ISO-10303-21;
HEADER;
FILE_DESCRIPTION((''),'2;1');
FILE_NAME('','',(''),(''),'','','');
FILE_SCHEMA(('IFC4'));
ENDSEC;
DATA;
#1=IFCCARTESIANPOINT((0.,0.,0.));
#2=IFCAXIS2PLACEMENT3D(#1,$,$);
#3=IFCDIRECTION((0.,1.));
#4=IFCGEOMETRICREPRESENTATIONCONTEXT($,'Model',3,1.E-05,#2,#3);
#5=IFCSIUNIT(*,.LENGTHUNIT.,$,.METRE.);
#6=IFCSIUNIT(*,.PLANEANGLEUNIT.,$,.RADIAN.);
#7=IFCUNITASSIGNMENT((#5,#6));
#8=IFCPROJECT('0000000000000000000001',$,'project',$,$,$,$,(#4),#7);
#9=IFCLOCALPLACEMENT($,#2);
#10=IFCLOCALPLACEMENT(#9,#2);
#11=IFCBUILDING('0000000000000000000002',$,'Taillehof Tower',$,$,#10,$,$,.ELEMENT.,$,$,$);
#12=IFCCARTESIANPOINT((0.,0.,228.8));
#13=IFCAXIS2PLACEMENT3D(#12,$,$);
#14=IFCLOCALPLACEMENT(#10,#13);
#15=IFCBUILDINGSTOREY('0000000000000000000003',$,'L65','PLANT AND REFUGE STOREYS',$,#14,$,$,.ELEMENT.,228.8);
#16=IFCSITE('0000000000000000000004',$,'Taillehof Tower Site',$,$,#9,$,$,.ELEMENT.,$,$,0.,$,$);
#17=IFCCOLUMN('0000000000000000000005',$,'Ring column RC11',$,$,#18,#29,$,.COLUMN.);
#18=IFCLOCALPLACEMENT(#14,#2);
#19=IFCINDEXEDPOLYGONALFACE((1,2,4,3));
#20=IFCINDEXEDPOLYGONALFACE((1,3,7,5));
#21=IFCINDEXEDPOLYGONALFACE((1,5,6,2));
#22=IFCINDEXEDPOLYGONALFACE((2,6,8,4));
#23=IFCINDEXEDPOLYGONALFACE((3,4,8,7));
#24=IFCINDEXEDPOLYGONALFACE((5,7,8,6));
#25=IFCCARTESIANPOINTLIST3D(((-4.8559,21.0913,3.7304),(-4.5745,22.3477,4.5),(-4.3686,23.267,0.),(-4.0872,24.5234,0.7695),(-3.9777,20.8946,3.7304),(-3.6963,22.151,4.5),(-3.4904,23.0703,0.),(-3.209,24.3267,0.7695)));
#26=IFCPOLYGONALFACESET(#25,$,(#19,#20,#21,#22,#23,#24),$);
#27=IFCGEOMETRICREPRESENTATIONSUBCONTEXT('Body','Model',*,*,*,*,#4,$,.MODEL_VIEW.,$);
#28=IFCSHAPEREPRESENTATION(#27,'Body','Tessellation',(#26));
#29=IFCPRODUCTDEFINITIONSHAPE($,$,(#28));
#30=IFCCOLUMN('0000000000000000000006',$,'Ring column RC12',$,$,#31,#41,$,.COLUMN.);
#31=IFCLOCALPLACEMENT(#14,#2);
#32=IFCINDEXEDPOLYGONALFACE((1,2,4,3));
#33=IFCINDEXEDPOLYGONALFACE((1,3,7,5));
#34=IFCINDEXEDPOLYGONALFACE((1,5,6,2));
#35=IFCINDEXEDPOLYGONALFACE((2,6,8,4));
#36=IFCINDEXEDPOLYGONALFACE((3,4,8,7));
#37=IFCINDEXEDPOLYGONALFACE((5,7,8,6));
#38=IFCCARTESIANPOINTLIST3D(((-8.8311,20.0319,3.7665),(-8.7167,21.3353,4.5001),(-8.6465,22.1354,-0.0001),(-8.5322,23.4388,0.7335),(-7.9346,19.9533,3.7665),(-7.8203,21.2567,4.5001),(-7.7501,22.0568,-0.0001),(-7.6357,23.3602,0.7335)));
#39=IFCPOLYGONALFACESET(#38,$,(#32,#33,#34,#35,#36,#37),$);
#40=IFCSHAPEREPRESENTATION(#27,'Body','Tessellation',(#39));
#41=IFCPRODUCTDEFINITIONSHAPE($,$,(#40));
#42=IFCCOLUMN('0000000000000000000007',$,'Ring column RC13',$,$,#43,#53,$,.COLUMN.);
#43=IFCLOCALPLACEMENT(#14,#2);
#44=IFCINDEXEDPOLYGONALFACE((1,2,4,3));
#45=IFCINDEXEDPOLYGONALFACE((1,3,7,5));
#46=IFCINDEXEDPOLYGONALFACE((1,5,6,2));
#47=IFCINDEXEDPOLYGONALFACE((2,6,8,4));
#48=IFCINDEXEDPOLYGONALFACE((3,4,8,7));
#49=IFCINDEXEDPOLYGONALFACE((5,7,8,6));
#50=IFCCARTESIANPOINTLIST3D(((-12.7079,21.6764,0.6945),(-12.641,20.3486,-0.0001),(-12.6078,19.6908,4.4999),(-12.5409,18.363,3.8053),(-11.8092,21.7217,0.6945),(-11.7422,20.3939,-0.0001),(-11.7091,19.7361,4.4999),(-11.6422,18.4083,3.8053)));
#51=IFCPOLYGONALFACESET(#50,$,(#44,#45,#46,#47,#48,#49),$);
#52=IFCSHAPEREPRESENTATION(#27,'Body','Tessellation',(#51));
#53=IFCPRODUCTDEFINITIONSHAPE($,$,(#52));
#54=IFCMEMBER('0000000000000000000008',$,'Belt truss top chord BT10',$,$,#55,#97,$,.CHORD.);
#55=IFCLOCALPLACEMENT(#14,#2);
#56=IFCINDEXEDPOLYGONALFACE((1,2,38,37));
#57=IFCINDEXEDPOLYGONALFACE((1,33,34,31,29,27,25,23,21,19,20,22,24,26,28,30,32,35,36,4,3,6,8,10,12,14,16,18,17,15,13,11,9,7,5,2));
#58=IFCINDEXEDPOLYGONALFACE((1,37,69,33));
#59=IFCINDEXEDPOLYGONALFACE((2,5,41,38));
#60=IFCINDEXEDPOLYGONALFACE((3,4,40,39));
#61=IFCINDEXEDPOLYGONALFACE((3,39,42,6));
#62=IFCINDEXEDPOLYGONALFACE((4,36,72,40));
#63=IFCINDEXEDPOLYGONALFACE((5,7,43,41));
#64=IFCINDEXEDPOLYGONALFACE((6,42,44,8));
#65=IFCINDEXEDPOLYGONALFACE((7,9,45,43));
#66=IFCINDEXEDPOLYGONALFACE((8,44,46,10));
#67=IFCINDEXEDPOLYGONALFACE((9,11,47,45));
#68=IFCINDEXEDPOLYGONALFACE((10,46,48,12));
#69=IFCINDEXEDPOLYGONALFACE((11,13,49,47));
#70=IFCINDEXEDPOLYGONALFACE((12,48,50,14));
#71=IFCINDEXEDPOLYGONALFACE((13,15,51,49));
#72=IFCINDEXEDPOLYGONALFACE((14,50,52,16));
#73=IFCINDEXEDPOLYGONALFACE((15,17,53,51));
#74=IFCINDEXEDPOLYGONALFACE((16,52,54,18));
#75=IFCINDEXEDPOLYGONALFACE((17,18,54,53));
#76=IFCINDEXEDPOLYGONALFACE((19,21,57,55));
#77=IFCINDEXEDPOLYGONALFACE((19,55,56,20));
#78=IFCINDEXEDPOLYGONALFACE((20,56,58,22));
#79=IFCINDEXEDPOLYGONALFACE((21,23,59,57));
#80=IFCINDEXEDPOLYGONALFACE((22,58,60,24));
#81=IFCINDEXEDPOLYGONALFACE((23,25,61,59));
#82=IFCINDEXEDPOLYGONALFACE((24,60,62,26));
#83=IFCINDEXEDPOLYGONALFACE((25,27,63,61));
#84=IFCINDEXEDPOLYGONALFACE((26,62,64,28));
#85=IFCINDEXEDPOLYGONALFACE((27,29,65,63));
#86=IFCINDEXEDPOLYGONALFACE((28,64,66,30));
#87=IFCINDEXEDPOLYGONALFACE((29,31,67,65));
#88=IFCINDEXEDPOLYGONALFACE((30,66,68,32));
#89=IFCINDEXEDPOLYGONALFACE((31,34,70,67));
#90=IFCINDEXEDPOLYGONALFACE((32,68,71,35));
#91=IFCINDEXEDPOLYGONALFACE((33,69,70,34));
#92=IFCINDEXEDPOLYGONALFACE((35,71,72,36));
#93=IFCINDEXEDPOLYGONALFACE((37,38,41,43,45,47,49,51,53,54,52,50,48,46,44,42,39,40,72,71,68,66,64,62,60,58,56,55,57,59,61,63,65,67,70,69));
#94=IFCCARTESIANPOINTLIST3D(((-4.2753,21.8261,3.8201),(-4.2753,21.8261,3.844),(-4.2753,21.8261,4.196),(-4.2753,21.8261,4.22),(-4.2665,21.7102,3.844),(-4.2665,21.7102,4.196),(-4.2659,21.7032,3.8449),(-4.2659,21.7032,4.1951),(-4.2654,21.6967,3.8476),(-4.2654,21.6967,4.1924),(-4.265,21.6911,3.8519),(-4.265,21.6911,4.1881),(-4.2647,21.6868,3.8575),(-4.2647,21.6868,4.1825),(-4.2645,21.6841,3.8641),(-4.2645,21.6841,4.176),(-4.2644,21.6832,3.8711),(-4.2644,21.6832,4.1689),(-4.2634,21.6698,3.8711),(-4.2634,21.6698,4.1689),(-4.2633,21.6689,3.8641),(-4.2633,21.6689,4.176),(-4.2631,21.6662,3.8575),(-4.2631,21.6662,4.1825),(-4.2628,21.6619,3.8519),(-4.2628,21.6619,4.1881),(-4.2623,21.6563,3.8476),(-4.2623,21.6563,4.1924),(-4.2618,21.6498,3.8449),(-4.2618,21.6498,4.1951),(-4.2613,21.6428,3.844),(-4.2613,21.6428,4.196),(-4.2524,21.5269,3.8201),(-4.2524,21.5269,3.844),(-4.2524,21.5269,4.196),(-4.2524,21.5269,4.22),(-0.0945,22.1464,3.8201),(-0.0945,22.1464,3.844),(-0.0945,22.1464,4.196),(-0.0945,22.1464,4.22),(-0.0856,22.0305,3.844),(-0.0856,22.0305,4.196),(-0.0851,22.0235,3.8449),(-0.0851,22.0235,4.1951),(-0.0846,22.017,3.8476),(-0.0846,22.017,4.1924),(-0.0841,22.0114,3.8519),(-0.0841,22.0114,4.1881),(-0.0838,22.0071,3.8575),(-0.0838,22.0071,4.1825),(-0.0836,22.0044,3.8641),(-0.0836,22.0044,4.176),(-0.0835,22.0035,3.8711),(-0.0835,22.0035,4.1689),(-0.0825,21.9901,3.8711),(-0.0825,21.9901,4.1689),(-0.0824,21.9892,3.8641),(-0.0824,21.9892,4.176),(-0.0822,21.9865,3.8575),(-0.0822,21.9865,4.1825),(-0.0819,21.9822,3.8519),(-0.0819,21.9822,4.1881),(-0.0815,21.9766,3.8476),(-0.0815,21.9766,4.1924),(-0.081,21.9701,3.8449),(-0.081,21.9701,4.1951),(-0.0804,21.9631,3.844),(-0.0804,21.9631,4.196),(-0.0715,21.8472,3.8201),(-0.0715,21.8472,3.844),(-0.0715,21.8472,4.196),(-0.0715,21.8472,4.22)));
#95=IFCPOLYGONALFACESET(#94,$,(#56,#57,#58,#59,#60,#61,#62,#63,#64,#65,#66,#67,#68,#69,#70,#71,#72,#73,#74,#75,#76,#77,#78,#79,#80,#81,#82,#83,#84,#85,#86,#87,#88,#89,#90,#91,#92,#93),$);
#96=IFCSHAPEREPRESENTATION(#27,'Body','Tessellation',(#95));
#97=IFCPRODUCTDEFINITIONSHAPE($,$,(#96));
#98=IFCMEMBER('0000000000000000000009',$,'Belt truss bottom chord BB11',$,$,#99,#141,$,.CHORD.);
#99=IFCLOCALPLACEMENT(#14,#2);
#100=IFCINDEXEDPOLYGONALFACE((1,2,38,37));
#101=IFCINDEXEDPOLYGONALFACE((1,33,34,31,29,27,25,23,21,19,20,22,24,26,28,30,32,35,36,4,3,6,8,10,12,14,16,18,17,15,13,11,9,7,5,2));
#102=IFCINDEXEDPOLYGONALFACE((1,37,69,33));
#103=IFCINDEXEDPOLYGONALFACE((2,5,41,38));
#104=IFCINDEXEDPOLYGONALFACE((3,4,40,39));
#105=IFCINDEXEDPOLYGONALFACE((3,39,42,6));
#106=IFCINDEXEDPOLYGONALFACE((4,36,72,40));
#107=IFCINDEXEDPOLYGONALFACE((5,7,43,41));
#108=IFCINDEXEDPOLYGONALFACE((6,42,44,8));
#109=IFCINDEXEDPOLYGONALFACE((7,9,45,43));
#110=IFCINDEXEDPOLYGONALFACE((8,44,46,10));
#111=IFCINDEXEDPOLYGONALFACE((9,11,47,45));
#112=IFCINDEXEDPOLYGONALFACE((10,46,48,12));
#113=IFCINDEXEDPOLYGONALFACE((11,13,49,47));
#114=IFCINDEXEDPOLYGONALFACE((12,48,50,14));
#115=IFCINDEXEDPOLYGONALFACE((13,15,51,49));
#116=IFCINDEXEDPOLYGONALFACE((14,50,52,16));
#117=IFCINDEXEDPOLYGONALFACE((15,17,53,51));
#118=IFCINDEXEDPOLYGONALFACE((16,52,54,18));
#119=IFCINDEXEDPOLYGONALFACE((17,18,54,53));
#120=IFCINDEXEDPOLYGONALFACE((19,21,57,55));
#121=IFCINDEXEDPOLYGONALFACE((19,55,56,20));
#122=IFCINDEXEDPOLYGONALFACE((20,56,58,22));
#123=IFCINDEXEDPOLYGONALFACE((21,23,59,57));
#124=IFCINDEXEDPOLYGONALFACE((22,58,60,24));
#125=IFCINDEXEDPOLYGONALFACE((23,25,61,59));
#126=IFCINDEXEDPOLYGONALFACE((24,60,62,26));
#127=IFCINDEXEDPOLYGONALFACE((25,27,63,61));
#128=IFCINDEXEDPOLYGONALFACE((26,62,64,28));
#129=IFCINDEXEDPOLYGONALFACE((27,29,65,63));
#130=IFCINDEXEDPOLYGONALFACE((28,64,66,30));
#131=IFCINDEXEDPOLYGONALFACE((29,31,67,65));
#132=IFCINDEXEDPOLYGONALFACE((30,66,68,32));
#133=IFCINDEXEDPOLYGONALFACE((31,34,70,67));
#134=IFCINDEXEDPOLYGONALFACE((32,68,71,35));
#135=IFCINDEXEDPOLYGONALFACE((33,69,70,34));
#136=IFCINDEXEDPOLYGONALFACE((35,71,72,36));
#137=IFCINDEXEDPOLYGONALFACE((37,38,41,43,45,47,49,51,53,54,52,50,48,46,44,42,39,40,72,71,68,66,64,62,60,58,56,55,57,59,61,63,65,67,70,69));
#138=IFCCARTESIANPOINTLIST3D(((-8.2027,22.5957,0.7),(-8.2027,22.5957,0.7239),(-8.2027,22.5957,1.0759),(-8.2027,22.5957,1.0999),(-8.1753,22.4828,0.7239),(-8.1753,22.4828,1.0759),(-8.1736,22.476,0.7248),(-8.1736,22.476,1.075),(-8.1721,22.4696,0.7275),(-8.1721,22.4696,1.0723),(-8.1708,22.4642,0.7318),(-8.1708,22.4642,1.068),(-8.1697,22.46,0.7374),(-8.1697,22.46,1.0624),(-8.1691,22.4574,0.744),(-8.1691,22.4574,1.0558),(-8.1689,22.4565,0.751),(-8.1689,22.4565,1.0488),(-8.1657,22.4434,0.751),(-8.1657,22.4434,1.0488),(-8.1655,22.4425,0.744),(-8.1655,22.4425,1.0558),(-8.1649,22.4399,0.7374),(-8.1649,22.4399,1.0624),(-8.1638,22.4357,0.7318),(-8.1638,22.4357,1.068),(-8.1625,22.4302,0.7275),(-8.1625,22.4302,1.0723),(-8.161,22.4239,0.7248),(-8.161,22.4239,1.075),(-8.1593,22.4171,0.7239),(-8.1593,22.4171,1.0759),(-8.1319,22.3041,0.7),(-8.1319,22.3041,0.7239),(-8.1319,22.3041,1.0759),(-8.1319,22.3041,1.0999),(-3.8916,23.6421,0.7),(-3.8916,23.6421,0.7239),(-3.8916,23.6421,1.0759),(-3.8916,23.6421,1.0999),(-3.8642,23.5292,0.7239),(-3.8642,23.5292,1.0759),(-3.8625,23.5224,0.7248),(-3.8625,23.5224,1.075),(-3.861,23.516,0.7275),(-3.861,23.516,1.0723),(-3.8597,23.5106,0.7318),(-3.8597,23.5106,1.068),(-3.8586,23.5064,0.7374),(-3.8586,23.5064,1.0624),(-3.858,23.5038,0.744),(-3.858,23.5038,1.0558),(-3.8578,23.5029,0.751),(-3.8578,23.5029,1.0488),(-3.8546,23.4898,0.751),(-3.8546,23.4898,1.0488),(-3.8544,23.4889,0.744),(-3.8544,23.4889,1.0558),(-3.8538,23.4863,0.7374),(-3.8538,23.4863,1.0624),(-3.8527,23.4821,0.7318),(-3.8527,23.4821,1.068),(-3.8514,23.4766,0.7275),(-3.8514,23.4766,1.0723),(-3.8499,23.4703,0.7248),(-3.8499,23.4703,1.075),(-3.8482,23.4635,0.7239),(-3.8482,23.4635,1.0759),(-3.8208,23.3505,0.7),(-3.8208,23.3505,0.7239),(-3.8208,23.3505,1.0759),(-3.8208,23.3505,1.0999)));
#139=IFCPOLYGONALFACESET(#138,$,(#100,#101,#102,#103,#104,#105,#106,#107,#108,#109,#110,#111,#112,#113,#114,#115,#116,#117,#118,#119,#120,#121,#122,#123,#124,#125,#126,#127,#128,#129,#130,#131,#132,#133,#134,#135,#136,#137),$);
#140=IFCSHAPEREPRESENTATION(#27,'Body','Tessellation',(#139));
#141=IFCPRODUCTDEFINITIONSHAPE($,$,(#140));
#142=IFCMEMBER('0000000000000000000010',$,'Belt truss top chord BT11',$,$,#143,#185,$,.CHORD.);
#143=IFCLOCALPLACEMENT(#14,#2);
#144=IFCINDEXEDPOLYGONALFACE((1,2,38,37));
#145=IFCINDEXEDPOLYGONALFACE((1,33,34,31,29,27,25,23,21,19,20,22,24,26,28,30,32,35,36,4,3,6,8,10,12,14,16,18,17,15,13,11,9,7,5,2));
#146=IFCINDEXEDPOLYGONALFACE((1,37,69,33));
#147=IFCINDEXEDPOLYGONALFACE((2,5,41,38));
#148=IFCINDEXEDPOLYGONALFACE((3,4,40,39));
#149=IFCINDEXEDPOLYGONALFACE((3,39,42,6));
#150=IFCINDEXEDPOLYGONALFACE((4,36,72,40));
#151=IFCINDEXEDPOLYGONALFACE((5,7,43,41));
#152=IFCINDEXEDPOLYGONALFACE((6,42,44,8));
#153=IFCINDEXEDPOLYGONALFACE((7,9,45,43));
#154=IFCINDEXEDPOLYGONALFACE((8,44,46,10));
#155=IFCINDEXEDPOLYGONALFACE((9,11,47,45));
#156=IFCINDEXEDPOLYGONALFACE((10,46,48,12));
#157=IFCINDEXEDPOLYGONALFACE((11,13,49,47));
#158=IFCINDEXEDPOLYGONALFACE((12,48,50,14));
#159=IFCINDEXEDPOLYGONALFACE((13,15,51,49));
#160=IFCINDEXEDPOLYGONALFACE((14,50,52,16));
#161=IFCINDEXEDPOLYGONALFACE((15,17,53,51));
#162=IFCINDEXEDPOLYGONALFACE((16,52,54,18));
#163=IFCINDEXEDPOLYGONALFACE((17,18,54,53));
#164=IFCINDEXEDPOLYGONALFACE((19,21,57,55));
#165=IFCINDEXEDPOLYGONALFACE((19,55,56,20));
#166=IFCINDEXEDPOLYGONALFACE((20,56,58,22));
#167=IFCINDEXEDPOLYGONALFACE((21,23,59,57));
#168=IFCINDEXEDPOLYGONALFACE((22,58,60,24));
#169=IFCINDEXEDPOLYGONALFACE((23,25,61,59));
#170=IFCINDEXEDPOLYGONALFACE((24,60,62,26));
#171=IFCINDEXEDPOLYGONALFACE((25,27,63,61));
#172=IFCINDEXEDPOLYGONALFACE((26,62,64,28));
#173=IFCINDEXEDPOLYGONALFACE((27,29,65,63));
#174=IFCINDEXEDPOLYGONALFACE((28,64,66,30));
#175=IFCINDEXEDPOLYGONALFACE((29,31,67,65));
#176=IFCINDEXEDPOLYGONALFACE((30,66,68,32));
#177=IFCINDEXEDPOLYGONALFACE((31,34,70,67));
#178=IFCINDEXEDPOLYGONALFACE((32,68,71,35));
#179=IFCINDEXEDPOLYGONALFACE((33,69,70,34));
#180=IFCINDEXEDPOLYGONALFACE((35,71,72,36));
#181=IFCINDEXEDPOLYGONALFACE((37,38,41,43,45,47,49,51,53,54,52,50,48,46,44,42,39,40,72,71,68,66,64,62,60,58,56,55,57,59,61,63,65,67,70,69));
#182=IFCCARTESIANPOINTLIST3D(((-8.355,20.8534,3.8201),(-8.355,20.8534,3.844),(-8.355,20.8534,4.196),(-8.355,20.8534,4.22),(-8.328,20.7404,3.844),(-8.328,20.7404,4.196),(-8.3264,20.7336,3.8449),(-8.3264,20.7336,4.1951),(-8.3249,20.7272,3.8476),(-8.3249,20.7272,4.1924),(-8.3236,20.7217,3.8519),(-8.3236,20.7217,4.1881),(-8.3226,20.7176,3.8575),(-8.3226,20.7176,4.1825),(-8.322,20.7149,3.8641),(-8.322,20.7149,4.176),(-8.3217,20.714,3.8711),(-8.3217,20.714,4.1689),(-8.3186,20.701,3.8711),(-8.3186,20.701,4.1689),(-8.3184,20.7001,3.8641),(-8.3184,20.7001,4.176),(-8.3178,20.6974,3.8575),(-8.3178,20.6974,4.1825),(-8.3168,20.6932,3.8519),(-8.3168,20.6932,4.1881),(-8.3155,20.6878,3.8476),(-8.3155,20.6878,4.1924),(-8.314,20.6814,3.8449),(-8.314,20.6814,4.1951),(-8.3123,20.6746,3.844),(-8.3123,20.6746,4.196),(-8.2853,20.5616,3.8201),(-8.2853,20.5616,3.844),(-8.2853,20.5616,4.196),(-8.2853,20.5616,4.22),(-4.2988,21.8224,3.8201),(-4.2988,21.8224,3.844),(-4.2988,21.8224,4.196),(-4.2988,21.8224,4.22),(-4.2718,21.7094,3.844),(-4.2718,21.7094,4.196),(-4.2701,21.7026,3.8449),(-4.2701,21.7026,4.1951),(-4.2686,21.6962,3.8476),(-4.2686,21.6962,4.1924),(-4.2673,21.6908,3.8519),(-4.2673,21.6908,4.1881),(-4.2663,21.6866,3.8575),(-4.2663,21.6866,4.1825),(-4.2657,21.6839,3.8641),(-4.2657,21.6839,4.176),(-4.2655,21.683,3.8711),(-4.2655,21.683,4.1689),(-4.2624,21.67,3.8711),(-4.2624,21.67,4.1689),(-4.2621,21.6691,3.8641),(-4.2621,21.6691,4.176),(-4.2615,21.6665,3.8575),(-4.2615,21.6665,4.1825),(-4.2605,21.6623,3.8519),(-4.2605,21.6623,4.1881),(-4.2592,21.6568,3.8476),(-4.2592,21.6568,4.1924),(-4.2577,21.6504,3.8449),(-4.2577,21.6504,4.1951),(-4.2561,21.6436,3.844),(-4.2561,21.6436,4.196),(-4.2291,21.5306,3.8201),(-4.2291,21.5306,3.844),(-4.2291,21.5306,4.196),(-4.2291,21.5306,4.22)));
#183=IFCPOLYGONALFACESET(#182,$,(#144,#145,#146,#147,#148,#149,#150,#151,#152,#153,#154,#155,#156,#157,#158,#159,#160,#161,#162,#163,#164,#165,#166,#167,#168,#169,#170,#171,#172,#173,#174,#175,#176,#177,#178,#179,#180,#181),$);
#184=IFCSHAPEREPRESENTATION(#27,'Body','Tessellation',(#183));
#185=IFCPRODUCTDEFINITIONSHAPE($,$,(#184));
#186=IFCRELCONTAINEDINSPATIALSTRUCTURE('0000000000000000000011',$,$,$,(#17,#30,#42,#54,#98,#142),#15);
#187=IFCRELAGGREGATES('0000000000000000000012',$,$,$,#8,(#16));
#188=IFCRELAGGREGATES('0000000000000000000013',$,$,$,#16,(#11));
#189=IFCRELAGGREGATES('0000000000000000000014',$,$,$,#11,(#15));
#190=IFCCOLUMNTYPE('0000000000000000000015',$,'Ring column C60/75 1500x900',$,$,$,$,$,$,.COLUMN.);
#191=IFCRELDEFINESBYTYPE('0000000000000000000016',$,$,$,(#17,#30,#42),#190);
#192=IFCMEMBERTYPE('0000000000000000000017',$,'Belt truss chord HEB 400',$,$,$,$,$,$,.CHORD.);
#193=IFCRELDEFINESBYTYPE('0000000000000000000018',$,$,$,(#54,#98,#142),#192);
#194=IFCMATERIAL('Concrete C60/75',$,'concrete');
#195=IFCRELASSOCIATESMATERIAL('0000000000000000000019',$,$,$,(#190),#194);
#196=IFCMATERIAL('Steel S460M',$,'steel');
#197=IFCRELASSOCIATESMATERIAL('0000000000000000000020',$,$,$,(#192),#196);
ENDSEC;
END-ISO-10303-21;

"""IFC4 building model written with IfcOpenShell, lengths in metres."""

from ifc_helpers import new_model, si_unit, direction, frame, origin, origin_2d, place, context, subcontext, project, spatial, rectangle, i_section, extrude, material, material_profile, profile_set, type_object, element, save


model = new_model("IFC4")

# Units and contexts
model_context = context("Model", 3, precision=1e-05, world=origin(), true_north=direction((0.0, 1.0)))
body_context = subcontext(model_context, "Body", "Model", "MODEL_VIEW")
ifc_project = project(units=[si_unit("LENGTHUNIT", "METRE"), si_unit("PLANEANGLEUNIT", "RADIAN")], contexts=[model_context])

# Site, building, storey
site_placement = place(None, origin())
site = spatial("IfcSite", under=ifc_project, at=site_placement, Name="Taillehof Tower Site", CompositionType="ELEMENT", RefElevation=0.0)
building_placement = place(site_placement, origin())
building = spatial("IfcBuilding", under=site, at=building_placement, Name="Taillehof Tower", CompositionType="ELEMENT")
storey_placement = place(building_placement, frame((0.0, 0.0, 228.8)))
storey = spatial("IfcBuildingStorey", under=building, at=storey_placement, Name="L65", Description="PLANT AND REFUGE STOREYS", CompositionType="ELEMENT", Elevation=228.8)

# Columns
ifc_material_1 = material(Name="Concrete C60/75", Category="concrete")
ifc_material_profile_1 = material_profile(ifc_material_1, rectangle(XDim=1.5, YDim=0.8999, at=origin_2d()), Name="RC 1500x900")
ifc_profile_set_1 = profile_set([ifc_material_profile_1], Name="Concrete C60/75")
column_type = type_object("IfcColumnType", Name="Ring column C60/75 1500x900", PredefinedType="COLUMN", material=ifc_profile_set_1)
column_1_placement = place(storey_placement, frame((-3.7888, 23.7969, 0.3848), z_axis=(-0.112127, -0.500638, 0.858364), x_axis=(0.187598, 0.837613, 0.51304)))
element("IfcColumn", 1, at=column_1_placement, inside=storey, type_object=column_type, Name="Ring column RC11", PredefinedType="COLUMN", context=body_context, shape_type="SweptSolid", body=[
    extrude(rectangle(XDim=1.5, YDim=0.8999, at=origin_2d()), origin(), (0.0, 0.0, 1.0), 4.3459),
])
column_2_placement = place(storey_placement, frame((-8.1411, 22.7478, 0.3667), z_axis=(-0.042743, -0.487137, 0.872279), x_axis=(0.076244, 0.86894, 0.489009)))
element("IfcColumn", 2, at=column_2_placement, inside=storey, type_object=column_type, Name="Ring column RC12", PredefinedType="COLUMN", context=body_context, shape_type="SweptSolid", body=[
    extrude(rectangle(XDim=1.5, YDim=0.8999, at=origin_2d()), origin(), (0.0, 0.0, 1.0), 4.3181),
])
column_3_placement = place(storey_placement, frame((-12.2251, 21.0352, 0.3472), z_axis=(0.023314, -0.462469, 0.886329), x_axis=(-0.044625, 0.885205, 0.463057)))
element("IfcColumn", 3, at=column_3_placement, inside=storey, type_object=column_type, Name="Ring column RC13", PredefinedType="COLUMN", context=body_context, shape_type="SweptSolid", body=[
    extrude(rectangle(XDim=1.5, YDim=0.8999, at=origin_2d()), origin(), (0.0, 0.0, 1.0), 4.2935),
])

# Members
ifc_material_2 = material(Name="Steel S460M", Category="steel")
ifc_material_profile_2 = material_profile(ifc_material_2, i_section(OverallWidth=0.3, OverallDepth=0.3999, WebThickness=0.0134, FlangeThickness=0.0239, FilletRadius=0.0271, at=origin_2d()), Name="HEB 400")
ifc_profile_set_2 = profile_set([ifc_material_profile_2], Name="Steel S460M")
member_type_1 = type_object("IfcMemberType", Name="Belt truss chord HEB 400", PredefinedType="CHORD", material=ifc_profile_set_2)
member_1_placement = place(storey_placement, frame((-0.083, 21.9968, 4.02), z_axis=(-0.997078, -0.076389, 0.0), x_axis=(0.076389, -0.997078, 0.0)))
element("IfcMember", 4, at=member_1_placement, inside=storey, type_object=member_type_1, Name="Belt truss top chord BT10", PredefinedType="CHORD", context=body_context, shape_type="SweptSolid", body=[
    extrude(i_section(OverallWidth=0.3, OverallDepth=0.3999, WebThickness=0.0134, FlangeThickness=0.0239, FilletRadius=0.0271, at=origin_2d()), origin(), (0.0, 0.0, 1.0), 4.1931),
])
member_2_placement = place(storey_placement, frame((-3.8562, 23.4963, 0.8999), z_axis=(-0.971784, -0.235874, 0.0), x_axis=(0.235874, -0.971784, 0.0)))
element("IfcMember", 5, at=member_2_placement, inside=storey, type_object=member_type_1, Name="Belt truss bottom chord BB11", PredefinedType="CHORD", context=body_context, shape_type="SweptSolid", body=[
    extrude(i_section(OverallWidth=0.3, OverallDepth=0.3999, WebThickness=0.0134, FlangeThickness=0.0239, FilletRadius=0.0271, at=origin_2d()), origin(), (0.0, 0.0, 1.0), 4.4363),
])
member_3_placement = place(storey_placement, frame((-4.2639, 21.6765, 4.02), z_axis=(-0.972631, -0.232357, 0.0), x_axis=(0.232357, -0.972631, 0.0)))
element("IfcMember", 6, at=member_3_placement, inside=storey, type_object=member_type_1, Name="Belt truss top chord BT11", PredefinedType="CHORD", context=body_context, shape_type="SweptSolid", body=[
    extrude(i_section(OverallWidth=0.3, OverallDepth=0.3999, WebThickness=0.0134, FlangeThickness=0.0239, FilletRadius=0.0271, at=origin_2d()), origin(), (0.0, 0.0, 1.0), 4.1704),
])

save(model, "model.ifc")
